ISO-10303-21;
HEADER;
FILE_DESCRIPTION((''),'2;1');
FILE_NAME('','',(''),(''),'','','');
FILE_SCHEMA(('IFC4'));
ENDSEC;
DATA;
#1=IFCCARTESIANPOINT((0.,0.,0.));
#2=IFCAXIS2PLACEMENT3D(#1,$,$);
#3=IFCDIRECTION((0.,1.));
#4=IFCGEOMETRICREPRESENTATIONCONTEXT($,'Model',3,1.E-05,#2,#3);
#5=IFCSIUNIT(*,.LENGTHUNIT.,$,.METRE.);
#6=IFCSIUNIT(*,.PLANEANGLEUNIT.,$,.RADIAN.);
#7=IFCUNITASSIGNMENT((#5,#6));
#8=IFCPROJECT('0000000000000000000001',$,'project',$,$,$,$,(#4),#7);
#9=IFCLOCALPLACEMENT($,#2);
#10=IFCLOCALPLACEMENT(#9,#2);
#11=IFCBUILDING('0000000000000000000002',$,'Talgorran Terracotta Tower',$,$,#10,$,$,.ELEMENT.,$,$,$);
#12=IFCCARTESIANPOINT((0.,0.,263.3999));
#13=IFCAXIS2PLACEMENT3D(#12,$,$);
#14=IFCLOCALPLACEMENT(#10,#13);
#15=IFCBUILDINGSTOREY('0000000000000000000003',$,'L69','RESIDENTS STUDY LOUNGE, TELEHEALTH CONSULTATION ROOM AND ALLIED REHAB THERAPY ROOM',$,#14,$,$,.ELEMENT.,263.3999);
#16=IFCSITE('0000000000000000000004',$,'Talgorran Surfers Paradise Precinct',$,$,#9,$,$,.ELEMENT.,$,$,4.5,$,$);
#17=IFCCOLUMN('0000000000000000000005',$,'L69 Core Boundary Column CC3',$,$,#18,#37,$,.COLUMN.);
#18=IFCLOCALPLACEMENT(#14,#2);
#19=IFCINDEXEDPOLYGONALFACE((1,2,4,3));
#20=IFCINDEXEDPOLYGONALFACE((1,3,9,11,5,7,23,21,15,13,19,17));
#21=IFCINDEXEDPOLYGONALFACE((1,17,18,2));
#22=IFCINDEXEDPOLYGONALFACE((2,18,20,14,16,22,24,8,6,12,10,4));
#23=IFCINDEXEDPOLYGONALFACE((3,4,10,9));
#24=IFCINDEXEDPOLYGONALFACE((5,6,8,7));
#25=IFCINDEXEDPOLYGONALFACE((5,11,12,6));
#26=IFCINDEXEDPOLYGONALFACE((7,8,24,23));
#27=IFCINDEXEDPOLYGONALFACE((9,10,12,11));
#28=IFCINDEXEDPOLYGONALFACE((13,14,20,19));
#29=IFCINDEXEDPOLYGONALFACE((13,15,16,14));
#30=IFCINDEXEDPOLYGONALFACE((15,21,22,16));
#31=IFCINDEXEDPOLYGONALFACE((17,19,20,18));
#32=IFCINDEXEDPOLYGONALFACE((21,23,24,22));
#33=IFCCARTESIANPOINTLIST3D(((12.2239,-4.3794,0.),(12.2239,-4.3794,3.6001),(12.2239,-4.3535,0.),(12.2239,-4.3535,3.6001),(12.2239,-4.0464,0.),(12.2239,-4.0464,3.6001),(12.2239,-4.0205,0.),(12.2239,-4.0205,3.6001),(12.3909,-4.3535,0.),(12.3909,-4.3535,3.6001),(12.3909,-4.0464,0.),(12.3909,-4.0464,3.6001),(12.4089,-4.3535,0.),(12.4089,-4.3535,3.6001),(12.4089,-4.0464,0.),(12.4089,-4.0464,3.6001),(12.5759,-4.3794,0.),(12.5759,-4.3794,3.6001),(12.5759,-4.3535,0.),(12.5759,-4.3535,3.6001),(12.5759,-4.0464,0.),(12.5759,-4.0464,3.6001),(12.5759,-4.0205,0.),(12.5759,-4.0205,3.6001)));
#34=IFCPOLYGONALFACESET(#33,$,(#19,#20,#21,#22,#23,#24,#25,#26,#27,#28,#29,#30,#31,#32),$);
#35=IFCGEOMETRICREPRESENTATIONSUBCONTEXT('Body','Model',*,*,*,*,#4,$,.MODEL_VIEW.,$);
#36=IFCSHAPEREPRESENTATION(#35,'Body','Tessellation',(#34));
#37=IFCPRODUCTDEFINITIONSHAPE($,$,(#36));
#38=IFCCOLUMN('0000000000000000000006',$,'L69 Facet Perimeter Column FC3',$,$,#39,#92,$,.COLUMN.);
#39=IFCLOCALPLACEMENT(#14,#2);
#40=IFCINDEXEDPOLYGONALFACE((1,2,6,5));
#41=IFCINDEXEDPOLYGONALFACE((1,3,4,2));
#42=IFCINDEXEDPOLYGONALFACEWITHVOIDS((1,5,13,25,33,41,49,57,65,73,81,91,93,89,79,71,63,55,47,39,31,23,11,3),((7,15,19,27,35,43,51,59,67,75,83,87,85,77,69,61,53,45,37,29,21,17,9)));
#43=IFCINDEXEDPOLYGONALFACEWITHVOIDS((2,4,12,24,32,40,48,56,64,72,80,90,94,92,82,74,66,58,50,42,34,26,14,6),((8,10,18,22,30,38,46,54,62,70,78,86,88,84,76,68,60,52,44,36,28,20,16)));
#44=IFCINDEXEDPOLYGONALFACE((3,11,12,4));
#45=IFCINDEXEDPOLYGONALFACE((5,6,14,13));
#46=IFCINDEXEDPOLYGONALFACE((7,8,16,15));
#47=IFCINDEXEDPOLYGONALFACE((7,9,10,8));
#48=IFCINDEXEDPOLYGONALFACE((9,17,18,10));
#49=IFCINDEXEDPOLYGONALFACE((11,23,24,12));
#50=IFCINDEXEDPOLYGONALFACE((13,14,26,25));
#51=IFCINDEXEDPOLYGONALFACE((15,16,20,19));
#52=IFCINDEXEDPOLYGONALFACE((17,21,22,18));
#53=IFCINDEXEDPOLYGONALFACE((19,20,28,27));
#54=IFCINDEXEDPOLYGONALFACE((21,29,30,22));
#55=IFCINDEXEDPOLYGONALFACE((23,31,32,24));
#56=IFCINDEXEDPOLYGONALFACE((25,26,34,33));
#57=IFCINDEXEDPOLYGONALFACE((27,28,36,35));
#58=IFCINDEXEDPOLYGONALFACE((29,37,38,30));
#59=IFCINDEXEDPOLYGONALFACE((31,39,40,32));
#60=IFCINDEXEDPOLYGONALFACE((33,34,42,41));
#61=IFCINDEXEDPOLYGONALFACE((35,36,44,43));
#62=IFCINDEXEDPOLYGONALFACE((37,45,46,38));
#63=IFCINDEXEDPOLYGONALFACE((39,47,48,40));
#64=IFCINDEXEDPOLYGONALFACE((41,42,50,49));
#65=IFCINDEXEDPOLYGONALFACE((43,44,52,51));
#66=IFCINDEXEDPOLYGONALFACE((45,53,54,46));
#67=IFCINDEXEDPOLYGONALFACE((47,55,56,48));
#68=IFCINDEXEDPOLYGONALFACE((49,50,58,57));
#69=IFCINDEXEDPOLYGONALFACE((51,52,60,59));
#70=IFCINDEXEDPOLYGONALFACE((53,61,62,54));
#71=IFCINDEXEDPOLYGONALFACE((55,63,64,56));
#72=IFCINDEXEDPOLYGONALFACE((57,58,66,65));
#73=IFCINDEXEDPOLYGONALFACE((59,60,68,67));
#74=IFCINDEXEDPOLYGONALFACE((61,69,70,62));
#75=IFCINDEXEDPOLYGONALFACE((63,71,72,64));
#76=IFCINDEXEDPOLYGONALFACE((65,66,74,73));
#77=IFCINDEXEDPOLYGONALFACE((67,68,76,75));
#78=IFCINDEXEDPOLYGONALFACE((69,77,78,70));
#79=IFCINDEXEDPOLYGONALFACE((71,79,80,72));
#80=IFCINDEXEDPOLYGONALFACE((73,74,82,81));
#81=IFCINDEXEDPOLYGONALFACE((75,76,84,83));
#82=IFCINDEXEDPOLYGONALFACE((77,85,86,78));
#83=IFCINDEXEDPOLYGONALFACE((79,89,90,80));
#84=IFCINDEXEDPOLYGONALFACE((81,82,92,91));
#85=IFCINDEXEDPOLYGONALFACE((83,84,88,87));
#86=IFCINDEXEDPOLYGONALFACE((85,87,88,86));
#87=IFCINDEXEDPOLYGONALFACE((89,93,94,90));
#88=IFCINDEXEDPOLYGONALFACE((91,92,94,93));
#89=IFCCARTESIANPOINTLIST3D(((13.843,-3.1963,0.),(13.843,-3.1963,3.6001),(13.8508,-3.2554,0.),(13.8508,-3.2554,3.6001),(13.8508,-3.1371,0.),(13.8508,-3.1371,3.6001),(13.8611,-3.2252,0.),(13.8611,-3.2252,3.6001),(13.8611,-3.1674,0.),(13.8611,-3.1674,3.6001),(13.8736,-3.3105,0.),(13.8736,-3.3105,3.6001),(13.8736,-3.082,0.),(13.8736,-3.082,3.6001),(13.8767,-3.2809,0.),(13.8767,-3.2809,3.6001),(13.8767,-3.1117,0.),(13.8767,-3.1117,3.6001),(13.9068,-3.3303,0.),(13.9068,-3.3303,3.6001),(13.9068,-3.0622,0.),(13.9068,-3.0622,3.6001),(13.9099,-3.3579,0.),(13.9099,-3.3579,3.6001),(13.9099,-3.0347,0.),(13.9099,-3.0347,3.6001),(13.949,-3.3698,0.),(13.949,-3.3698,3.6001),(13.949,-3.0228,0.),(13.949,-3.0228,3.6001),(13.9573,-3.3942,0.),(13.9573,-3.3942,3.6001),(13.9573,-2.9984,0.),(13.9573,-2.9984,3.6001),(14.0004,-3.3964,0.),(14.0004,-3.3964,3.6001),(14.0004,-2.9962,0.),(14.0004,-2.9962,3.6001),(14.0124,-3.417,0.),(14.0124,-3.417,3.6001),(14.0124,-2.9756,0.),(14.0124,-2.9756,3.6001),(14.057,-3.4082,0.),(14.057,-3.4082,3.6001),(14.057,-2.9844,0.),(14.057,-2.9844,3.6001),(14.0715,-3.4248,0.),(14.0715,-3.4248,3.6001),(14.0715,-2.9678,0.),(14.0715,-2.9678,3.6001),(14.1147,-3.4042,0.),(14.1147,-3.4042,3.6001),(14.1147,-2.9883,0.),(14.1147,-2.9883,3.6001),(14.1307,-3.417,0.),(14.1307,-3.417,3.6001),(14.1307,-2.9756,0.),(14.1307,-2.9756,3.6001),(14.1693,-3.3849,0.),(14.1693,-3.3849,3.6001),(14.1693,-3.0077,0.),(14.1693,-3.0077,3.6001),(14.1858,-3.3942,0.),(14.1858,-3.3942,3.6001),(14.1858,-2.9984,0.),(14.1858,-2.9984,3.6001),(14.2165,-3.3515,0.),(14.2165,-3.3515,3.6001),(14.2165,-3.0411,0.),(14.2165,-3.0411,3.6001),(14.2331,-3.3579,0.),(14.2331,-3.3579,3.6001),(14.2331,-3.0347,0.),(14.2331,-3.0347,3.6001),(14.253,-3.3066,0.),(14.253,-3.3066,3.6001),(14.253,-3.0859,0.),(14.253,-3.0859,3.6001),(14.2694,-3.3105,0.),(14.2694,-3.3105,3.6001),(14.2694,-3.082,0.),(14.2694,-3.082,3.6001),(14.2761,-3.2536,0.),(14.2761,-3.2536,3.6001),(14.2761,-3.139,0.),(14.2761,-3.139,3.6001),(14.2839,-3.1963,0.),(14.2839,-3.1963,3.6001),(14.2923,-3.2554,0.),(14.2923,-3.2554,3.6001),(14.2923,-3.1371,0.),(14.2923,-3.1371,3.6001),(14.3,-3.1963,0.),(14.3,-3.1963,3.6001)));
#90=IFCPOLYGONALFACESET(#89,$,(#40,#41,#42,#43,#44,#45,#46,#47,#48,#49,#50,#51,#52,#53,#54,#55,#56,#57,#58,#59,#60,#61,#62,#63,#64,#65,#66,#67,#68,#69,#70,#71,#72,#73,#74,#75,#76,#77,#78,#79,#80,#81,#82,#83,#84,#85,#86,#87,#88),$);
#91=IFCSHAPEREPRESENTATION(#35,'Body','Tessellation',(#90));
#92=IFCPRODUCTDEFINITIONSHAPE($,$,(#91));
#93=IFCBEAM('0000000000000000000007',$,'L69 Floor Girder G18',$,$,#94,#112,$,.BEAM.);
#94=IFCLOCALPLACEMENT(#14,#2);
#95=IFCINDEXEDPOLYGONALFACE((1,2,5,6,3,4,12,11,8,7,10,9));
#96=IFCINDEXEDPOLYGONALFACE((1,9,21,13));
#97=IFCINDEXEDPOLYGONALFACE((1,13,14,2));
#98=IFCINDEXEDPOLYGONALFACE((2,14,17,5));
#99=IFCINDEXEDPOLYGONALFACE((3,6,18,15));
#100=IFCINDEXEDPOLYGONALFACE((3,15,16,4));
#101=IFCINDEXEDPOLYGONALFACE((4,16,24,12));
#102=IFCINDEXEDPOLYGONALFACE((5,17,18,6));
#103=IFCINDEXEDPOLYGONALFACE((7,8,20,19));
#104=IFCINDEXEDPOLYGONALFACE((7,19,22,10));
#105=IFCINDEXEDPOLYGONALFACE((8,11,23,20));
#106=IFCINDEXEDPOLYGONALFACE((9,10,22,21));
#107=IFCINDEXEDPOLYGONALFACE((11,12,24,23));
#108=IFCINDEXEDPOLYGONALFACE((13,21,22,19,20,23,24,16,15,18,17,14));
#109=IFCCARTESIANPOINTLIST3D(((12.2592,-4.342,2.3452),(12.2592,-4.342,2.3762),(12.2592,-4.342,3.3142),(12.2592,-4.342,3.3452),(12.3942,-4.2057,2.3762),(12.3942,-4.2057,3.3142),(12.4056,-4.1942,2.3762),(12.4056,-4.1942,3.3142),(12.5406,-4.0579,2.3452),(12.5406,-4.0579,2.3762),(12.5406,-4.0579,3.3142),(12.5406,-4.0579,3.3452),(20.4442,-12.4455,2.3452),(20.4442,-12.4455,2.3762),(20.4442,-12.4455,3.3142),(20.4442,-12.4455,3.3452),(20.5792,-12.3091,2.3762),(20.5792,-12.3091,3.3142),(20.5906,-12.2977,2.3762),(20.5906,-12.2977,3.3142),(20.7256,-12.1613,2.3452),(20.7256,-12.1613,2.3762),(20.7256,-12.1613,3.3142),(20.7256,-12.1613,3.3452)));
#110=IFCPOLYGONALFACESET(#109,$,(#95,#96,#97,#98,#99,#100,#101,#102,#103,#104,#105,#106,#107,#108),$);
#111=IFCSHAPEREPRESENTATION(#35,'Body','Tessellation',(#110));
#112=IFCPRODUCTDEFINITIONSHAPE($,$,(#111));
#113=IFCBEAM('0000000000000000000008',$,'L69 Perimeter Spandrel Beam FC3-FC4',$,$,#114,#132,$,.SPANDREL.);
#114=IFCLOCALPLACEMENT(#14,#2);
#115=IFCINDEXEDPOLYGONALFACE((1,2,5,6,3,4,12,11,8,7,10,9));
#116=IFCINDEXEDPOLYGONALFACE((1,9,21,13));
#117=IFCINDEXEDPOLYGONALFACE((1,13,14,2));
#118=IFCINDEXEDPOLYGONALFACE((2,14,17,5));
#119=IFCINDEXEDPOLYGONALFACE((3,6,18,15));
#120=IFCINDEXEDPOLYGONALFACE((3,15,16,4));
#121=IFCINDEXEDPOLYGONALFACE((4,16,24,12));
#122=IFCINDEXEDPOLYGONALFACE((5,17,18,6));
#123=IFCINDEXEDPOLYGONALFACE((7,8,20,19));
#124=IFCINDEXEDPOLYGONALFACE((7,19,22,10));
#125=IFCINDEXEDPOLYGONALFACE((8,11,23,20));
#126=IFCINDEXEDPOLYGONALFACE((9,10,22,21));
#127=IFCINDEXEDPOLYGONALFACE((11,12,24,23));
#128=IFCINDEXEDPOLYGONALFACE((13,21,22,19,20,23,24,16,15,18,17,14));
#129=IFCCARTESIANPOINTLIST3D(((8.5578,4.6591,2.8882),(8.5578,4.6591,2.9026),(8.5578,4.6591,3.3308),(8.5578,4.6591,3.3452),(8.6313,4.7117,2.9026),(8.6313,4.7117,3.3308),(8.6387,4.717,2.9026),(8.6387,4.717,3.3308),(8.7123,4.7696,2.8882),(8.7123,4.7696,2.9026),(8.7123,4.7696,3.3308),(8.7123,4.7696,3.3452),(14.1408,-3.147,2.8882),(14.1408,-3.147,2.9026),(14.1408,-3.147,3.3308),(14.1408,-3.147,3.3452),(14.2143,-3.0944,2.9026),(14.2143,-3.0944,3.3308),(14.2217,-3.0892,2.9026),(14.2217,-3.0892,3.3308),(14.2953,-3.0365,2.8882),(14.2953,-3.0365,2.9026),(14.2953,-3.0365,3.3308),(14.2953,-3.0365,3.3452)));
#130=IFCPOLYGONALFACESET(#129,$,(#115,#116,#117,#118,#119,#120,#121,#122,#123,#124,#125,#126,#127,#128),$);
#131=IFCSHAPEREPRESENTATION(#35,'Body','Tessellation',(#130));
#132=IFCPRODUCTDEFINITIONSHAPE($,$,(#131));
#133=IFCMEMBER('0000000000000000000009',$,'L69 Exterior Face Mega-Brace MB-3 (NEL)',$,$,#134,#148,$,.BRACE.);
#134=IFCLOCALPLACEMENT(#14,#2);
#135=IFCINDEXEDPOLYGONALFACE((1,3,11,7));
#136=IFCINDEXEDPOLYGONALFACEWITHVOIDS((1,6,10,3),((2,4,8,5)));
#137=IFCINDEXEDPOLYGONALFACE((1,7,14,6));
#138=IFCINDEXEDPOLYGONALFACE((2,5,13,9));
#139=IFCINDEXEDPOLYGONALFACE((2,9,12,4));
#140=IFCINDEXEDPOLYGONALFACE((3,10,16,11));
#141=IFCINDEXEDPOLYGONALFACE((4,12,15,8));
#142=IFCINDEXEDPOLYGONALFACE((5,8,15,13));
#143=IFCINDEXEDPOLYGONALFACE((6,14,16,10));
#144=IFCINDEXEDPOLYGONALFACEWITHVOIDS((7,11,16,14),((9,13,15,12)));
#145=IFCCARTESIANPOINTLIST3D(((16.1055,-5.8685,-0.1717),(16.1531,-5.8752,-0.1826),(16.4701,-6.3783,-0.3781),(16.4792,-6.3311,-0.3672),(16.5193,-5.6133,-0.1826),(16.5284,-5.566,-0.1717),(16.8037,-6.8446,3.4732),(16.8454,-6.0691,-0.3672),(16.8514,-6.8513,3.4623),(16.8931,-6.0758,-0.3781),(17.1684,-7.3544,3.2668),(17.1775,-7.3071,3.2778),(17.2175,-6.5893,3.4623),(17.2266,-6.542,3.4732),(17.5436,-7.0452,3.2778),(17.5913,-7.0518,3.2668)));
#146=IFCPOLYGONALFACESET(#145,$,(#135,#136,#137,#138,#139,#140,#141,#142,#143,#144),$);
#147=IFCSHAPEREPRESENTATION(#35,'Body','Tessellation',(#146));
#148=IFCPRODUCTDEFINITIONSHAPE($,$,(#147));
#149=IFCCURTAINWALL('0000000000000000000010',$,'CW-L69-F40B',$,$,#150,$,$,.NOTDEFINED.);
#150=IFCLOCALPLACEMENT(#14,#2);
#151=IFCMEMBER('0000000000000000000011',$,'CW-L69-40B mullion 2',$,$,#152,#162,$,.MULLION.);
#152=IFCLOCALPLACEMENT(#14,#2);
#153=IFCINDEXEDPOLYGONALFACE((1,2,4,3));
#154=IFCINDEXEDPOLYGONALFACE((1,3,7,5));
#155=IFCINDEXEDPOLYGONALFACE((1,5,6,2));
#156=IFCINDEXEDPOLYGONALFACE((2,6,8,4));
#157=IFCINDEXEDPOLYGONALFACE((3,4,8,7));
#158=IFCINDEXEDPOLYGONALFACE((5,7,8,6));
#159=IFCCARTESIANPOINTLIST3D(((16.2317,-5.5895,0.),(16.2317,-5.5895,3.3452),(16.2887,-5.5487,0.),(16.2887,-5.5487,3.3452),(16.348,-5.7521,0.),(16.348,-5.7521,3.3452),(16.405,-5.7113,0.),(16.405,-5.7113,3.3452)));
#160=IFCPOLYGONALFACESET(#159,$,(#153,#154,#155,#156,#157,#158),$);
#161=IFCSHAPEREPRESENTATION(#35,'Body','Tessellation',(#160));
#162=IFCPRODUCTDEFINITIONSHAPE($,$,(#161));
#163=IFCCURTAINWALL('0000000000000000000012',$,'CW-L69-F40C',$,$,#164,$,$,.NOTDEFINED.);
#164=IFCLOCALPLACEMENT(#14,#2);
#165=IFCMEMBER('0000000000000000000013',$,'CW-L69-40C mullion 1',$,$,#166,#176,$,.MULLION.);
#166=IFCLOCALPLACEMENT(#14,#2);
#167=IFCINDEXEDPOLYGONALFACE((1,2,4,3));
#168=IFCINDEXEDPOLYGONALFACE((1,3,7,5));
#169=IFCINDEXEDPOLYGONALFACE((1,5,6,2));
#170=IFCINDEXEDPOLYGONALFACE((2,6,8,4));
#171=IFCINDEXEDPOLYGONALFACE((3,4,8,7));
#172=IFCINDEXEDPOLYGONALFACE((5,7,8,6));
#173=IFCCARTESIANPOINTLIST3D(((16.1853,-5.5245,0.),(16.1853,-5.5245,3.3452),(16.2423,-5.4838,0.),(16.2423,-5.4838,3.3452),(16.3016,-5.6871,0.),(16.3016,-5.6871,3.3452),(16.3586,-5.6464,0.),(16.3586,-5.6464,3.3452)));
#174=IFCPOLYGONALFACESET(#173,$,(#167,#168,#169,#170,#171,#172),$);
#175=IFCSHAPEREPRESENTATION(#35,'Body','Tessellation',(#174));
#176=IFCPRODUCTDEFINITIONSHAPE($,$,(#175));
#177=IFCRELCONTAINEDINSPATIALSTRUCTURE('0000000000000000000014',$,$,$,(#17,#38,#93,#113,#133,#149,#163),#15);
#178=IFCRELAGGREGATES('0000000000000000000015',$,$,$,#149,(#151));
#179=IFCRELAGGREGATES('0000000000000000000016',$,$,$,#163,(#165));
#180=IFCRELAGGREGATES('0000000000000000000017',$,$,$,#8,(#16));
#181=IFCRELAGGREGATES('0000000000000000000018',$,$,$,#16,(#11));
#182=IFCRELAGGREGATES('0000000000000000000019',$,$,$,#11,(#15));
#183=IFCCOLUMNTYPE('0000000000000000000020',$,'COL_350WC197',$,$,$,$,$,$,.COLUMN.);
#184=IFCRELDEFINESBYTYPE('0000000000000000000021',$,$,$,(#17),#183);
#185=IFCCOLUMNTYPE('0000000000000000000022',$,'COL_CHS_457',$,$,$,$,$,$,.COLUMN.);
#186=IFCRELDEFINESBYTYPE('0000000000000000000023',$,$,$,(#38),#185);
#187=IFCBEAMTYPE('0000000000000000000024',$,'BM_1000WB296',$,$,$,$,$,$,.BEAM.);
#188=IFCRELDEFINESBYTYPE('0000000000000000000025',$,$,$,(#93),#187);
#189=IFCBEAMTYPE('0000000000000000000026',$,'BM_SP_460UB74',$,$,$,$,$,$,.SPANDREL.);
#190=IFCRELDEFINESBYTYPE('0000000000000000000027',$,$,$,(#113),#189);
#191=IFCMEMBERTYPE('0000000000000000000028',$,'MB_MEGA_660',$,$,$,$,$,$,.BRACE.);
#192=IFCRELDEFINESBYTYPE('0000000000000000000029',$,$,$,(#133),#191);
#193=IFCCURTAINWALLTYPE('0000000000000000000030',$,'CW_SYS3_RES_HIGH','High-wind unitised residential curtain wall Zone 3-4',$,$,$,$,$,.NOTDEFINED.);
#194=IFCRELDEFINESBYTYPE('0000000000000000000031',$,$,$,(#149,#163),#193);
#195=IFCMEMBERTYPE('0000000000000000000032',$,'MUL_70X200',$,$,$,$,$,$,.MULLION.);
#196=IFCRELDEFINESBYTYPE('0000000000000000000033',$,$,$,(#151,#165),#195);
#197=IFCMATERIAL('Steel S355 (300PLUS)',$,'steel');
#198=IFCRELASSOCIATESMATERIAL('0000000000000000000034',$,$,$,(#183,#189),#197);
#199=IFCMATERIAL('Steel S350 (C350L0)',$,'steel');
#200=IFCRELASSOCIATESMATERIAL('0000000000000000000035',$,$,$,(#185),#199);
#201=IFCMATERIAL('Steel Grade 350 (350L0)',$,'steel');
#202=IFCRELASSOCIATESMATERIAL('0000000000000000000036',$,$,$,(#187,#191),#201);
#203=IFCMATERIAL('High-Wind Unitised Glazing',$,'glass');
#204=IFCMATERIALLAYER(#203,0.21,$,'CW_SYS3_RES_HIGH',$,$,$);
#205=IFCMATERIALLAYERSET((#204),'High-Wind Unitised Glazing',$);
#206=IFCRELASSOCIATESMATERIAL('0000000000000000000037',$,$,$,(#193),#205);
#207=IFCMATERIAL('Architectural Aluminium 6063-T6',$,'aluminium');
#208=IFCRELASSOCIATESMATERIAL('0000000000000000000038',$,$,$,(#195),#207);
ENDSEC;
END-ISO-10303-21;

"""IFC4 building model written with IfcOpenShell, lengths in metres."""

from ifc_helpers import new_model, si_unit, direction, frame, origin, origin_2d, place, context, subcontext, project, spatial, rectangle, hollow_rectangle, hollow_circle, i_section, extrude, material, layer, layer_set, material_profile, profile_set, type_object, element, aggregate, save


model = new_model("IFC4")

# Units and contexts
model_context = context("Model", 3, precision=1e-05, world=origin(), true_north=direction((0.0, 1.0)))
body_context = subcontext(model_context, "Body", "Model", "MODEL_VIEW")
ifc_project = project(units=[si_unit("LENGTHUNIT", "METRE"), si_unit("PLANEANGLEUNIT", "RADIAN")], contexts=[model_context])

# Site, building, storey
site_placement = place(None, origin())
site = spatial("IfcSite", under=ifc_project, at=site_placement, Name="Talgorran Surfers Paradise Precinct", CompositionType="ELEMENT", RefElevation=4.5)
building_placement = place(site_placement, origin())
building = spatial("IfcBuilding", under=site, at=building_placement, Name="Talgorran Terracotta Tower", CompositionType="ELEMENT")
storey_placement = place(building_placement, frame((0.0, 0.0, 263.3999)))
storey = spatial("IfcBuildingStorey", under=building, at=storey_placement, Name="L69", Description="RESIDENTS STUDY LOUNGE, TELEHEALTH CONSULTATION ROOM AND ALLIED REHAB THERAPY ROOM", CompositionType="ELEMENT", Elevation=263.3999)

# Columns
ifc_material_1 = material(Name="Steel S355 (300PLUS)", Category="steel")
ifc_material_profile_1 = material_profile(ifc_material_1, i_section(OverallWidth=0.3521, OverallDepth=0.3589, WebThickness=0.0181, FlangeThickness=0.0259, at=origin_2d()), Name="350WC197")
ifc_profile_set_1 = profile_set([ifc_material_profile_1], Name="Steel S355 (300PLUS)")
column_type_1 = type_object("IfcColumnType", Name="COL_350WC197", PredefinedType="COLUMN", material=ifc_profile_set_1)
column_1_placement = place(storey_placement, frame((12.3999, -4.2, 0.0), z_axis=(0.0, 0.0, 1.0), x_axis=(1.0, 0.0, 0.0)))
element("IfcColumn", 1, at=column_1_placement, inside=storey, type_object=column_type_1, Name="L69 Core Boundary Column CC3", PredefinedType="COLUMN", context=body_context, shape_type="SweptSolid", body=[
    extrude(i_section(OverallWidth=0.3521, OverallDepth=0.3589, WebThickness=0.0181, FlangeThickness=0.0259, at=origin_2d()), origin(), (0.0, 0.0, 1.0), 3.6001),
])
ifc_material_2 = material(Name="Steel S350 (C350L0)", Category="steel")
ifc_material_profile_2 = material_profile(ifc_material_2, hollow_circle(Radius=0.2285, WallThickness=0.0161, at=origin_2d()), Name="CHS457X16")
ifc_profile_set_2 = profile_set([ifc_material_profile_2], Name="Steel S350 (C350L0)")
column_type_2 = type_object("IfcColumnType", Name="COL_CHS_457", PredefinedType="COLUMN", material=ifc_profile_set_2)
column_2_placement = place(storey_placement, frame((14.0715, -3.1963, 0.0), z_axis=(0.0, 0.0, 1.0), x_axis=(1.0, 0.0, 0.0)))
element("IfcColumn", 2, at=column_2_placement, inside=storey, type_object=column_type_2, Name="L69 Facet Perimeter Column FC3", PredefinedType="COLUMN", context=body_context, shape_type="SweptSolid", body=[
    extrude(hollow_circle(Radius=0.2285, WallThickness=0.0161, at=origin_2d()), origin(), (0.0, 0.0, 1.0), 3.6001),
])

# Beams
ifc_material_3 = material(Name="Steel Grade 350 (350L0)", Category="steel")
ifc_material_profile_3 = material_profile(ifc_material_3, i_section(OverallWidth=0.3999, OverallDepth=1.0, WebThickness=0.0161, FlangeThickness=0.031, at=origin_2d()), Name="1000WB296")
ifc_profile_set_3 = profile_set([ifc_material_profile_3], Name="Steel Grade 350 (350L0)")
beam_type_1 = type_object("IfcBeamType", Name="BM_1000WB296", PredefinedType="BEAM", material=ifc_profile_set_3)
beam_1_placement = place(storey_placement, frame((12.3999, -4.2, 2.8452), z_axis=(0.710638, -0.703558, 0.0), x_axis=(0.703558, 0.710638, 0.0)))
element("IfcBeam", 3, at=beam_1_placement, inside=storey, type_object=beam_type_1, Name="L69 Floor Girder G18", PredefinedType="BEAM", context=body_context, shape_type="SweptSolid", body=[
    extrude(i_section(OverallWidth=0.3999, OverallDepth=1.0, WebThickness=0.0161, FlangeThickness=0.031, at=origin_2d()), origin(), (0.0, 0.0, 1.0), 11.5178),
])
ifc_material_profile_4 = material_profile(ifc_material_1, i_section(OverallWidth=0.1899, OverallDepth=0.457, WebThickness=0.009, FlangeThickness=0.0144, at=origin_2d()), Name="460UB74.6")
ifc_profile_set_4 = profile_set([ifc_material_profile_4], Name="Steel S355 (300PLUS)")
beam_type_2 = type_object("IfcBeamType", Name="BM_SP_460UB74", PredefinedType="SPANDREL", material=ifc_profile_set_4)
beam_2_placement = place(storey_placement, frame((14.218, -3.0918, 3.1167), z_axis=(-0.581734, 0.813379, 0.0), x_axis=(-0.813379, -0.581734, 0.0)))
element("IfcBeam", 4, at=beam_2_placement, inside=storey, type_object=beam_type_2, Name="L69 Perimeter Spandrel Beam FC3-FC4", PredefinedType="SPANDREL", context=body_context, shape_type="SweptSolid", body=[
    extrude(i_section(OverallWidth=0.1899, OverallDepth=0.457, WebThickness=0.009, FlangeThickness=0.0144, at=origin_2d()), origin(), (0.0, 0.0, 1.0), 9.5972),
])

# Member
ifc_material_profile_5 = material_profile(ifc_material_3, hollow_rectangle(XDim=0.52, YDim=0.6599, WallThickness=0.0349, at=origin_2d()), Name="WBOX660X520X35")
ifc_profile_set_5 = profile_set([ifc_material_profile_5], Name="Steel Grade 350 (350L0)")
member_type_1 = type_object("IfcMemberType", Name="MB_MEGA_660", PredefinedType="BRACE", material=ifc_profile_set_5)
member_1_placement = place(storey_placement, frame((16.4993, -5.9722, -0.2749), z_axis=(0.181952, -0.254351, 0.949841), x_axis=(0.813321, 0.581815, 0.0)))
element("IfcMember", 5, at=member_1_placement, inside=storey, type_object=member_type_1, Name="L69 Exterior Face Mega-Brace MB-3 (NEL)", PredefinedType="BRACE", context=body_context, shape_type="SweptSolid", body=[
    extrude(hollow_rectangle(XDim=0.52, YDim=0.6599, WallThickness=0.0349, at=origin_2d()), origin(), (0.0, 0.0, 1.0), 3.8374),
])

# Curtain wall, member
ifc_material_4 = material(Name="High-Wind Unitised Glazing", Category="glass")
ifc_layer_1 = layer(ifc_material_4, 0.21, Name="CW_SYS3_RES_HIGH")
ifc_layer_set_1 = layer_set([ifc_layer_1], Name="High-Wind Unitised Glazing")
curtain_wall_type = type_object("IfcCurtainWallType", Name="CW_SYS3_RES_HIGH", Description="High-wind unitised residential curtain wall Zone 3-4", PredefinedType="NOTDEFINED", material=ifc_layer_set_1)
curtain_wall_1_placement = place(storey_placement, origin())
curtain_wall_1 = element("IfcCurtainWall", 6, at=curtain_wall_1_placement, inside=storey, type_object=curtain_wall_type, Name="CW-L69-F40B", PredefinedType="NOTDEFINED")
ifc_material_5 = material(Name="Architectural Aluminium 6063-T6", Category="aluminium")
ifc_material_profile_6 = material_profile(ifc_material_5, rectangle(XDim=0.0701, YDim=0.2, at=origin_2d()), Name="CWM70X200")
ifc_profile_set_6 = profile_set([ifc_material_profile_6], Name="Architectural Aluminium 6063-T6")
member_type_2 = type_object("IfcMemberType", Name="MUL_70X200", PredefinedType="MULLION", material=ifc_profile_set_6)
member_2_placement = place(storey_placement, frame((16.3184, -5.6504, 0.0), z_axis=(0.0, 0.0, 1.0), x_axis=(-0.813388, -0.581722, 0.0)))
member_2 = element("IfcMember", 7, at=member_2_placement, type_object=member_type_2, Name="CW-L69-40B mullion 2", PredefinedType="MULLION", context=body_context, shape_type="SweptSolid", body=[
    extrude(rectangle(XDim=0.0701, YDim=0.2, at=origin_2d()), origin(), (0.0, 0.0, 1.0), 3.3452),
])
aggregate(curtain_wall_1, [member_2])

# Curtain wall, member
curtain_wall_2_placement = place(storey_placement, origin())
curtain_wall_2 = element("IfcCurtainWall", 8, at=curtain_wall_2_placement, inside=storey, type_object=curtain_wall_type, Name="CW-L69-F40C", PredefinedType="NOTDEFINED")
member_3_placement = place(storey_placement, frame((16.272, -5.5854, 0.0), z_axis=(0.0, 0.0, 1.0), x_axis=(-0.813379, -0.581735, 0.0)))
member_3 = element("IfcMember", 9, at=member_3_placement, type_object=member_type_2, Name="CW-L69-40C mullion 1", PredefinedType="MULLION", context=body_context, shape_type="SweptSolid", body=[
    extrude(rectangle(XDim=0.0701, YDim=0.2, at=origin_2d()), origin(), (0.0, 0.0, 1.0), 3.3452),
])

aggregate(curtain_wall_2, [member_3])

save(model, "model.ifc")
